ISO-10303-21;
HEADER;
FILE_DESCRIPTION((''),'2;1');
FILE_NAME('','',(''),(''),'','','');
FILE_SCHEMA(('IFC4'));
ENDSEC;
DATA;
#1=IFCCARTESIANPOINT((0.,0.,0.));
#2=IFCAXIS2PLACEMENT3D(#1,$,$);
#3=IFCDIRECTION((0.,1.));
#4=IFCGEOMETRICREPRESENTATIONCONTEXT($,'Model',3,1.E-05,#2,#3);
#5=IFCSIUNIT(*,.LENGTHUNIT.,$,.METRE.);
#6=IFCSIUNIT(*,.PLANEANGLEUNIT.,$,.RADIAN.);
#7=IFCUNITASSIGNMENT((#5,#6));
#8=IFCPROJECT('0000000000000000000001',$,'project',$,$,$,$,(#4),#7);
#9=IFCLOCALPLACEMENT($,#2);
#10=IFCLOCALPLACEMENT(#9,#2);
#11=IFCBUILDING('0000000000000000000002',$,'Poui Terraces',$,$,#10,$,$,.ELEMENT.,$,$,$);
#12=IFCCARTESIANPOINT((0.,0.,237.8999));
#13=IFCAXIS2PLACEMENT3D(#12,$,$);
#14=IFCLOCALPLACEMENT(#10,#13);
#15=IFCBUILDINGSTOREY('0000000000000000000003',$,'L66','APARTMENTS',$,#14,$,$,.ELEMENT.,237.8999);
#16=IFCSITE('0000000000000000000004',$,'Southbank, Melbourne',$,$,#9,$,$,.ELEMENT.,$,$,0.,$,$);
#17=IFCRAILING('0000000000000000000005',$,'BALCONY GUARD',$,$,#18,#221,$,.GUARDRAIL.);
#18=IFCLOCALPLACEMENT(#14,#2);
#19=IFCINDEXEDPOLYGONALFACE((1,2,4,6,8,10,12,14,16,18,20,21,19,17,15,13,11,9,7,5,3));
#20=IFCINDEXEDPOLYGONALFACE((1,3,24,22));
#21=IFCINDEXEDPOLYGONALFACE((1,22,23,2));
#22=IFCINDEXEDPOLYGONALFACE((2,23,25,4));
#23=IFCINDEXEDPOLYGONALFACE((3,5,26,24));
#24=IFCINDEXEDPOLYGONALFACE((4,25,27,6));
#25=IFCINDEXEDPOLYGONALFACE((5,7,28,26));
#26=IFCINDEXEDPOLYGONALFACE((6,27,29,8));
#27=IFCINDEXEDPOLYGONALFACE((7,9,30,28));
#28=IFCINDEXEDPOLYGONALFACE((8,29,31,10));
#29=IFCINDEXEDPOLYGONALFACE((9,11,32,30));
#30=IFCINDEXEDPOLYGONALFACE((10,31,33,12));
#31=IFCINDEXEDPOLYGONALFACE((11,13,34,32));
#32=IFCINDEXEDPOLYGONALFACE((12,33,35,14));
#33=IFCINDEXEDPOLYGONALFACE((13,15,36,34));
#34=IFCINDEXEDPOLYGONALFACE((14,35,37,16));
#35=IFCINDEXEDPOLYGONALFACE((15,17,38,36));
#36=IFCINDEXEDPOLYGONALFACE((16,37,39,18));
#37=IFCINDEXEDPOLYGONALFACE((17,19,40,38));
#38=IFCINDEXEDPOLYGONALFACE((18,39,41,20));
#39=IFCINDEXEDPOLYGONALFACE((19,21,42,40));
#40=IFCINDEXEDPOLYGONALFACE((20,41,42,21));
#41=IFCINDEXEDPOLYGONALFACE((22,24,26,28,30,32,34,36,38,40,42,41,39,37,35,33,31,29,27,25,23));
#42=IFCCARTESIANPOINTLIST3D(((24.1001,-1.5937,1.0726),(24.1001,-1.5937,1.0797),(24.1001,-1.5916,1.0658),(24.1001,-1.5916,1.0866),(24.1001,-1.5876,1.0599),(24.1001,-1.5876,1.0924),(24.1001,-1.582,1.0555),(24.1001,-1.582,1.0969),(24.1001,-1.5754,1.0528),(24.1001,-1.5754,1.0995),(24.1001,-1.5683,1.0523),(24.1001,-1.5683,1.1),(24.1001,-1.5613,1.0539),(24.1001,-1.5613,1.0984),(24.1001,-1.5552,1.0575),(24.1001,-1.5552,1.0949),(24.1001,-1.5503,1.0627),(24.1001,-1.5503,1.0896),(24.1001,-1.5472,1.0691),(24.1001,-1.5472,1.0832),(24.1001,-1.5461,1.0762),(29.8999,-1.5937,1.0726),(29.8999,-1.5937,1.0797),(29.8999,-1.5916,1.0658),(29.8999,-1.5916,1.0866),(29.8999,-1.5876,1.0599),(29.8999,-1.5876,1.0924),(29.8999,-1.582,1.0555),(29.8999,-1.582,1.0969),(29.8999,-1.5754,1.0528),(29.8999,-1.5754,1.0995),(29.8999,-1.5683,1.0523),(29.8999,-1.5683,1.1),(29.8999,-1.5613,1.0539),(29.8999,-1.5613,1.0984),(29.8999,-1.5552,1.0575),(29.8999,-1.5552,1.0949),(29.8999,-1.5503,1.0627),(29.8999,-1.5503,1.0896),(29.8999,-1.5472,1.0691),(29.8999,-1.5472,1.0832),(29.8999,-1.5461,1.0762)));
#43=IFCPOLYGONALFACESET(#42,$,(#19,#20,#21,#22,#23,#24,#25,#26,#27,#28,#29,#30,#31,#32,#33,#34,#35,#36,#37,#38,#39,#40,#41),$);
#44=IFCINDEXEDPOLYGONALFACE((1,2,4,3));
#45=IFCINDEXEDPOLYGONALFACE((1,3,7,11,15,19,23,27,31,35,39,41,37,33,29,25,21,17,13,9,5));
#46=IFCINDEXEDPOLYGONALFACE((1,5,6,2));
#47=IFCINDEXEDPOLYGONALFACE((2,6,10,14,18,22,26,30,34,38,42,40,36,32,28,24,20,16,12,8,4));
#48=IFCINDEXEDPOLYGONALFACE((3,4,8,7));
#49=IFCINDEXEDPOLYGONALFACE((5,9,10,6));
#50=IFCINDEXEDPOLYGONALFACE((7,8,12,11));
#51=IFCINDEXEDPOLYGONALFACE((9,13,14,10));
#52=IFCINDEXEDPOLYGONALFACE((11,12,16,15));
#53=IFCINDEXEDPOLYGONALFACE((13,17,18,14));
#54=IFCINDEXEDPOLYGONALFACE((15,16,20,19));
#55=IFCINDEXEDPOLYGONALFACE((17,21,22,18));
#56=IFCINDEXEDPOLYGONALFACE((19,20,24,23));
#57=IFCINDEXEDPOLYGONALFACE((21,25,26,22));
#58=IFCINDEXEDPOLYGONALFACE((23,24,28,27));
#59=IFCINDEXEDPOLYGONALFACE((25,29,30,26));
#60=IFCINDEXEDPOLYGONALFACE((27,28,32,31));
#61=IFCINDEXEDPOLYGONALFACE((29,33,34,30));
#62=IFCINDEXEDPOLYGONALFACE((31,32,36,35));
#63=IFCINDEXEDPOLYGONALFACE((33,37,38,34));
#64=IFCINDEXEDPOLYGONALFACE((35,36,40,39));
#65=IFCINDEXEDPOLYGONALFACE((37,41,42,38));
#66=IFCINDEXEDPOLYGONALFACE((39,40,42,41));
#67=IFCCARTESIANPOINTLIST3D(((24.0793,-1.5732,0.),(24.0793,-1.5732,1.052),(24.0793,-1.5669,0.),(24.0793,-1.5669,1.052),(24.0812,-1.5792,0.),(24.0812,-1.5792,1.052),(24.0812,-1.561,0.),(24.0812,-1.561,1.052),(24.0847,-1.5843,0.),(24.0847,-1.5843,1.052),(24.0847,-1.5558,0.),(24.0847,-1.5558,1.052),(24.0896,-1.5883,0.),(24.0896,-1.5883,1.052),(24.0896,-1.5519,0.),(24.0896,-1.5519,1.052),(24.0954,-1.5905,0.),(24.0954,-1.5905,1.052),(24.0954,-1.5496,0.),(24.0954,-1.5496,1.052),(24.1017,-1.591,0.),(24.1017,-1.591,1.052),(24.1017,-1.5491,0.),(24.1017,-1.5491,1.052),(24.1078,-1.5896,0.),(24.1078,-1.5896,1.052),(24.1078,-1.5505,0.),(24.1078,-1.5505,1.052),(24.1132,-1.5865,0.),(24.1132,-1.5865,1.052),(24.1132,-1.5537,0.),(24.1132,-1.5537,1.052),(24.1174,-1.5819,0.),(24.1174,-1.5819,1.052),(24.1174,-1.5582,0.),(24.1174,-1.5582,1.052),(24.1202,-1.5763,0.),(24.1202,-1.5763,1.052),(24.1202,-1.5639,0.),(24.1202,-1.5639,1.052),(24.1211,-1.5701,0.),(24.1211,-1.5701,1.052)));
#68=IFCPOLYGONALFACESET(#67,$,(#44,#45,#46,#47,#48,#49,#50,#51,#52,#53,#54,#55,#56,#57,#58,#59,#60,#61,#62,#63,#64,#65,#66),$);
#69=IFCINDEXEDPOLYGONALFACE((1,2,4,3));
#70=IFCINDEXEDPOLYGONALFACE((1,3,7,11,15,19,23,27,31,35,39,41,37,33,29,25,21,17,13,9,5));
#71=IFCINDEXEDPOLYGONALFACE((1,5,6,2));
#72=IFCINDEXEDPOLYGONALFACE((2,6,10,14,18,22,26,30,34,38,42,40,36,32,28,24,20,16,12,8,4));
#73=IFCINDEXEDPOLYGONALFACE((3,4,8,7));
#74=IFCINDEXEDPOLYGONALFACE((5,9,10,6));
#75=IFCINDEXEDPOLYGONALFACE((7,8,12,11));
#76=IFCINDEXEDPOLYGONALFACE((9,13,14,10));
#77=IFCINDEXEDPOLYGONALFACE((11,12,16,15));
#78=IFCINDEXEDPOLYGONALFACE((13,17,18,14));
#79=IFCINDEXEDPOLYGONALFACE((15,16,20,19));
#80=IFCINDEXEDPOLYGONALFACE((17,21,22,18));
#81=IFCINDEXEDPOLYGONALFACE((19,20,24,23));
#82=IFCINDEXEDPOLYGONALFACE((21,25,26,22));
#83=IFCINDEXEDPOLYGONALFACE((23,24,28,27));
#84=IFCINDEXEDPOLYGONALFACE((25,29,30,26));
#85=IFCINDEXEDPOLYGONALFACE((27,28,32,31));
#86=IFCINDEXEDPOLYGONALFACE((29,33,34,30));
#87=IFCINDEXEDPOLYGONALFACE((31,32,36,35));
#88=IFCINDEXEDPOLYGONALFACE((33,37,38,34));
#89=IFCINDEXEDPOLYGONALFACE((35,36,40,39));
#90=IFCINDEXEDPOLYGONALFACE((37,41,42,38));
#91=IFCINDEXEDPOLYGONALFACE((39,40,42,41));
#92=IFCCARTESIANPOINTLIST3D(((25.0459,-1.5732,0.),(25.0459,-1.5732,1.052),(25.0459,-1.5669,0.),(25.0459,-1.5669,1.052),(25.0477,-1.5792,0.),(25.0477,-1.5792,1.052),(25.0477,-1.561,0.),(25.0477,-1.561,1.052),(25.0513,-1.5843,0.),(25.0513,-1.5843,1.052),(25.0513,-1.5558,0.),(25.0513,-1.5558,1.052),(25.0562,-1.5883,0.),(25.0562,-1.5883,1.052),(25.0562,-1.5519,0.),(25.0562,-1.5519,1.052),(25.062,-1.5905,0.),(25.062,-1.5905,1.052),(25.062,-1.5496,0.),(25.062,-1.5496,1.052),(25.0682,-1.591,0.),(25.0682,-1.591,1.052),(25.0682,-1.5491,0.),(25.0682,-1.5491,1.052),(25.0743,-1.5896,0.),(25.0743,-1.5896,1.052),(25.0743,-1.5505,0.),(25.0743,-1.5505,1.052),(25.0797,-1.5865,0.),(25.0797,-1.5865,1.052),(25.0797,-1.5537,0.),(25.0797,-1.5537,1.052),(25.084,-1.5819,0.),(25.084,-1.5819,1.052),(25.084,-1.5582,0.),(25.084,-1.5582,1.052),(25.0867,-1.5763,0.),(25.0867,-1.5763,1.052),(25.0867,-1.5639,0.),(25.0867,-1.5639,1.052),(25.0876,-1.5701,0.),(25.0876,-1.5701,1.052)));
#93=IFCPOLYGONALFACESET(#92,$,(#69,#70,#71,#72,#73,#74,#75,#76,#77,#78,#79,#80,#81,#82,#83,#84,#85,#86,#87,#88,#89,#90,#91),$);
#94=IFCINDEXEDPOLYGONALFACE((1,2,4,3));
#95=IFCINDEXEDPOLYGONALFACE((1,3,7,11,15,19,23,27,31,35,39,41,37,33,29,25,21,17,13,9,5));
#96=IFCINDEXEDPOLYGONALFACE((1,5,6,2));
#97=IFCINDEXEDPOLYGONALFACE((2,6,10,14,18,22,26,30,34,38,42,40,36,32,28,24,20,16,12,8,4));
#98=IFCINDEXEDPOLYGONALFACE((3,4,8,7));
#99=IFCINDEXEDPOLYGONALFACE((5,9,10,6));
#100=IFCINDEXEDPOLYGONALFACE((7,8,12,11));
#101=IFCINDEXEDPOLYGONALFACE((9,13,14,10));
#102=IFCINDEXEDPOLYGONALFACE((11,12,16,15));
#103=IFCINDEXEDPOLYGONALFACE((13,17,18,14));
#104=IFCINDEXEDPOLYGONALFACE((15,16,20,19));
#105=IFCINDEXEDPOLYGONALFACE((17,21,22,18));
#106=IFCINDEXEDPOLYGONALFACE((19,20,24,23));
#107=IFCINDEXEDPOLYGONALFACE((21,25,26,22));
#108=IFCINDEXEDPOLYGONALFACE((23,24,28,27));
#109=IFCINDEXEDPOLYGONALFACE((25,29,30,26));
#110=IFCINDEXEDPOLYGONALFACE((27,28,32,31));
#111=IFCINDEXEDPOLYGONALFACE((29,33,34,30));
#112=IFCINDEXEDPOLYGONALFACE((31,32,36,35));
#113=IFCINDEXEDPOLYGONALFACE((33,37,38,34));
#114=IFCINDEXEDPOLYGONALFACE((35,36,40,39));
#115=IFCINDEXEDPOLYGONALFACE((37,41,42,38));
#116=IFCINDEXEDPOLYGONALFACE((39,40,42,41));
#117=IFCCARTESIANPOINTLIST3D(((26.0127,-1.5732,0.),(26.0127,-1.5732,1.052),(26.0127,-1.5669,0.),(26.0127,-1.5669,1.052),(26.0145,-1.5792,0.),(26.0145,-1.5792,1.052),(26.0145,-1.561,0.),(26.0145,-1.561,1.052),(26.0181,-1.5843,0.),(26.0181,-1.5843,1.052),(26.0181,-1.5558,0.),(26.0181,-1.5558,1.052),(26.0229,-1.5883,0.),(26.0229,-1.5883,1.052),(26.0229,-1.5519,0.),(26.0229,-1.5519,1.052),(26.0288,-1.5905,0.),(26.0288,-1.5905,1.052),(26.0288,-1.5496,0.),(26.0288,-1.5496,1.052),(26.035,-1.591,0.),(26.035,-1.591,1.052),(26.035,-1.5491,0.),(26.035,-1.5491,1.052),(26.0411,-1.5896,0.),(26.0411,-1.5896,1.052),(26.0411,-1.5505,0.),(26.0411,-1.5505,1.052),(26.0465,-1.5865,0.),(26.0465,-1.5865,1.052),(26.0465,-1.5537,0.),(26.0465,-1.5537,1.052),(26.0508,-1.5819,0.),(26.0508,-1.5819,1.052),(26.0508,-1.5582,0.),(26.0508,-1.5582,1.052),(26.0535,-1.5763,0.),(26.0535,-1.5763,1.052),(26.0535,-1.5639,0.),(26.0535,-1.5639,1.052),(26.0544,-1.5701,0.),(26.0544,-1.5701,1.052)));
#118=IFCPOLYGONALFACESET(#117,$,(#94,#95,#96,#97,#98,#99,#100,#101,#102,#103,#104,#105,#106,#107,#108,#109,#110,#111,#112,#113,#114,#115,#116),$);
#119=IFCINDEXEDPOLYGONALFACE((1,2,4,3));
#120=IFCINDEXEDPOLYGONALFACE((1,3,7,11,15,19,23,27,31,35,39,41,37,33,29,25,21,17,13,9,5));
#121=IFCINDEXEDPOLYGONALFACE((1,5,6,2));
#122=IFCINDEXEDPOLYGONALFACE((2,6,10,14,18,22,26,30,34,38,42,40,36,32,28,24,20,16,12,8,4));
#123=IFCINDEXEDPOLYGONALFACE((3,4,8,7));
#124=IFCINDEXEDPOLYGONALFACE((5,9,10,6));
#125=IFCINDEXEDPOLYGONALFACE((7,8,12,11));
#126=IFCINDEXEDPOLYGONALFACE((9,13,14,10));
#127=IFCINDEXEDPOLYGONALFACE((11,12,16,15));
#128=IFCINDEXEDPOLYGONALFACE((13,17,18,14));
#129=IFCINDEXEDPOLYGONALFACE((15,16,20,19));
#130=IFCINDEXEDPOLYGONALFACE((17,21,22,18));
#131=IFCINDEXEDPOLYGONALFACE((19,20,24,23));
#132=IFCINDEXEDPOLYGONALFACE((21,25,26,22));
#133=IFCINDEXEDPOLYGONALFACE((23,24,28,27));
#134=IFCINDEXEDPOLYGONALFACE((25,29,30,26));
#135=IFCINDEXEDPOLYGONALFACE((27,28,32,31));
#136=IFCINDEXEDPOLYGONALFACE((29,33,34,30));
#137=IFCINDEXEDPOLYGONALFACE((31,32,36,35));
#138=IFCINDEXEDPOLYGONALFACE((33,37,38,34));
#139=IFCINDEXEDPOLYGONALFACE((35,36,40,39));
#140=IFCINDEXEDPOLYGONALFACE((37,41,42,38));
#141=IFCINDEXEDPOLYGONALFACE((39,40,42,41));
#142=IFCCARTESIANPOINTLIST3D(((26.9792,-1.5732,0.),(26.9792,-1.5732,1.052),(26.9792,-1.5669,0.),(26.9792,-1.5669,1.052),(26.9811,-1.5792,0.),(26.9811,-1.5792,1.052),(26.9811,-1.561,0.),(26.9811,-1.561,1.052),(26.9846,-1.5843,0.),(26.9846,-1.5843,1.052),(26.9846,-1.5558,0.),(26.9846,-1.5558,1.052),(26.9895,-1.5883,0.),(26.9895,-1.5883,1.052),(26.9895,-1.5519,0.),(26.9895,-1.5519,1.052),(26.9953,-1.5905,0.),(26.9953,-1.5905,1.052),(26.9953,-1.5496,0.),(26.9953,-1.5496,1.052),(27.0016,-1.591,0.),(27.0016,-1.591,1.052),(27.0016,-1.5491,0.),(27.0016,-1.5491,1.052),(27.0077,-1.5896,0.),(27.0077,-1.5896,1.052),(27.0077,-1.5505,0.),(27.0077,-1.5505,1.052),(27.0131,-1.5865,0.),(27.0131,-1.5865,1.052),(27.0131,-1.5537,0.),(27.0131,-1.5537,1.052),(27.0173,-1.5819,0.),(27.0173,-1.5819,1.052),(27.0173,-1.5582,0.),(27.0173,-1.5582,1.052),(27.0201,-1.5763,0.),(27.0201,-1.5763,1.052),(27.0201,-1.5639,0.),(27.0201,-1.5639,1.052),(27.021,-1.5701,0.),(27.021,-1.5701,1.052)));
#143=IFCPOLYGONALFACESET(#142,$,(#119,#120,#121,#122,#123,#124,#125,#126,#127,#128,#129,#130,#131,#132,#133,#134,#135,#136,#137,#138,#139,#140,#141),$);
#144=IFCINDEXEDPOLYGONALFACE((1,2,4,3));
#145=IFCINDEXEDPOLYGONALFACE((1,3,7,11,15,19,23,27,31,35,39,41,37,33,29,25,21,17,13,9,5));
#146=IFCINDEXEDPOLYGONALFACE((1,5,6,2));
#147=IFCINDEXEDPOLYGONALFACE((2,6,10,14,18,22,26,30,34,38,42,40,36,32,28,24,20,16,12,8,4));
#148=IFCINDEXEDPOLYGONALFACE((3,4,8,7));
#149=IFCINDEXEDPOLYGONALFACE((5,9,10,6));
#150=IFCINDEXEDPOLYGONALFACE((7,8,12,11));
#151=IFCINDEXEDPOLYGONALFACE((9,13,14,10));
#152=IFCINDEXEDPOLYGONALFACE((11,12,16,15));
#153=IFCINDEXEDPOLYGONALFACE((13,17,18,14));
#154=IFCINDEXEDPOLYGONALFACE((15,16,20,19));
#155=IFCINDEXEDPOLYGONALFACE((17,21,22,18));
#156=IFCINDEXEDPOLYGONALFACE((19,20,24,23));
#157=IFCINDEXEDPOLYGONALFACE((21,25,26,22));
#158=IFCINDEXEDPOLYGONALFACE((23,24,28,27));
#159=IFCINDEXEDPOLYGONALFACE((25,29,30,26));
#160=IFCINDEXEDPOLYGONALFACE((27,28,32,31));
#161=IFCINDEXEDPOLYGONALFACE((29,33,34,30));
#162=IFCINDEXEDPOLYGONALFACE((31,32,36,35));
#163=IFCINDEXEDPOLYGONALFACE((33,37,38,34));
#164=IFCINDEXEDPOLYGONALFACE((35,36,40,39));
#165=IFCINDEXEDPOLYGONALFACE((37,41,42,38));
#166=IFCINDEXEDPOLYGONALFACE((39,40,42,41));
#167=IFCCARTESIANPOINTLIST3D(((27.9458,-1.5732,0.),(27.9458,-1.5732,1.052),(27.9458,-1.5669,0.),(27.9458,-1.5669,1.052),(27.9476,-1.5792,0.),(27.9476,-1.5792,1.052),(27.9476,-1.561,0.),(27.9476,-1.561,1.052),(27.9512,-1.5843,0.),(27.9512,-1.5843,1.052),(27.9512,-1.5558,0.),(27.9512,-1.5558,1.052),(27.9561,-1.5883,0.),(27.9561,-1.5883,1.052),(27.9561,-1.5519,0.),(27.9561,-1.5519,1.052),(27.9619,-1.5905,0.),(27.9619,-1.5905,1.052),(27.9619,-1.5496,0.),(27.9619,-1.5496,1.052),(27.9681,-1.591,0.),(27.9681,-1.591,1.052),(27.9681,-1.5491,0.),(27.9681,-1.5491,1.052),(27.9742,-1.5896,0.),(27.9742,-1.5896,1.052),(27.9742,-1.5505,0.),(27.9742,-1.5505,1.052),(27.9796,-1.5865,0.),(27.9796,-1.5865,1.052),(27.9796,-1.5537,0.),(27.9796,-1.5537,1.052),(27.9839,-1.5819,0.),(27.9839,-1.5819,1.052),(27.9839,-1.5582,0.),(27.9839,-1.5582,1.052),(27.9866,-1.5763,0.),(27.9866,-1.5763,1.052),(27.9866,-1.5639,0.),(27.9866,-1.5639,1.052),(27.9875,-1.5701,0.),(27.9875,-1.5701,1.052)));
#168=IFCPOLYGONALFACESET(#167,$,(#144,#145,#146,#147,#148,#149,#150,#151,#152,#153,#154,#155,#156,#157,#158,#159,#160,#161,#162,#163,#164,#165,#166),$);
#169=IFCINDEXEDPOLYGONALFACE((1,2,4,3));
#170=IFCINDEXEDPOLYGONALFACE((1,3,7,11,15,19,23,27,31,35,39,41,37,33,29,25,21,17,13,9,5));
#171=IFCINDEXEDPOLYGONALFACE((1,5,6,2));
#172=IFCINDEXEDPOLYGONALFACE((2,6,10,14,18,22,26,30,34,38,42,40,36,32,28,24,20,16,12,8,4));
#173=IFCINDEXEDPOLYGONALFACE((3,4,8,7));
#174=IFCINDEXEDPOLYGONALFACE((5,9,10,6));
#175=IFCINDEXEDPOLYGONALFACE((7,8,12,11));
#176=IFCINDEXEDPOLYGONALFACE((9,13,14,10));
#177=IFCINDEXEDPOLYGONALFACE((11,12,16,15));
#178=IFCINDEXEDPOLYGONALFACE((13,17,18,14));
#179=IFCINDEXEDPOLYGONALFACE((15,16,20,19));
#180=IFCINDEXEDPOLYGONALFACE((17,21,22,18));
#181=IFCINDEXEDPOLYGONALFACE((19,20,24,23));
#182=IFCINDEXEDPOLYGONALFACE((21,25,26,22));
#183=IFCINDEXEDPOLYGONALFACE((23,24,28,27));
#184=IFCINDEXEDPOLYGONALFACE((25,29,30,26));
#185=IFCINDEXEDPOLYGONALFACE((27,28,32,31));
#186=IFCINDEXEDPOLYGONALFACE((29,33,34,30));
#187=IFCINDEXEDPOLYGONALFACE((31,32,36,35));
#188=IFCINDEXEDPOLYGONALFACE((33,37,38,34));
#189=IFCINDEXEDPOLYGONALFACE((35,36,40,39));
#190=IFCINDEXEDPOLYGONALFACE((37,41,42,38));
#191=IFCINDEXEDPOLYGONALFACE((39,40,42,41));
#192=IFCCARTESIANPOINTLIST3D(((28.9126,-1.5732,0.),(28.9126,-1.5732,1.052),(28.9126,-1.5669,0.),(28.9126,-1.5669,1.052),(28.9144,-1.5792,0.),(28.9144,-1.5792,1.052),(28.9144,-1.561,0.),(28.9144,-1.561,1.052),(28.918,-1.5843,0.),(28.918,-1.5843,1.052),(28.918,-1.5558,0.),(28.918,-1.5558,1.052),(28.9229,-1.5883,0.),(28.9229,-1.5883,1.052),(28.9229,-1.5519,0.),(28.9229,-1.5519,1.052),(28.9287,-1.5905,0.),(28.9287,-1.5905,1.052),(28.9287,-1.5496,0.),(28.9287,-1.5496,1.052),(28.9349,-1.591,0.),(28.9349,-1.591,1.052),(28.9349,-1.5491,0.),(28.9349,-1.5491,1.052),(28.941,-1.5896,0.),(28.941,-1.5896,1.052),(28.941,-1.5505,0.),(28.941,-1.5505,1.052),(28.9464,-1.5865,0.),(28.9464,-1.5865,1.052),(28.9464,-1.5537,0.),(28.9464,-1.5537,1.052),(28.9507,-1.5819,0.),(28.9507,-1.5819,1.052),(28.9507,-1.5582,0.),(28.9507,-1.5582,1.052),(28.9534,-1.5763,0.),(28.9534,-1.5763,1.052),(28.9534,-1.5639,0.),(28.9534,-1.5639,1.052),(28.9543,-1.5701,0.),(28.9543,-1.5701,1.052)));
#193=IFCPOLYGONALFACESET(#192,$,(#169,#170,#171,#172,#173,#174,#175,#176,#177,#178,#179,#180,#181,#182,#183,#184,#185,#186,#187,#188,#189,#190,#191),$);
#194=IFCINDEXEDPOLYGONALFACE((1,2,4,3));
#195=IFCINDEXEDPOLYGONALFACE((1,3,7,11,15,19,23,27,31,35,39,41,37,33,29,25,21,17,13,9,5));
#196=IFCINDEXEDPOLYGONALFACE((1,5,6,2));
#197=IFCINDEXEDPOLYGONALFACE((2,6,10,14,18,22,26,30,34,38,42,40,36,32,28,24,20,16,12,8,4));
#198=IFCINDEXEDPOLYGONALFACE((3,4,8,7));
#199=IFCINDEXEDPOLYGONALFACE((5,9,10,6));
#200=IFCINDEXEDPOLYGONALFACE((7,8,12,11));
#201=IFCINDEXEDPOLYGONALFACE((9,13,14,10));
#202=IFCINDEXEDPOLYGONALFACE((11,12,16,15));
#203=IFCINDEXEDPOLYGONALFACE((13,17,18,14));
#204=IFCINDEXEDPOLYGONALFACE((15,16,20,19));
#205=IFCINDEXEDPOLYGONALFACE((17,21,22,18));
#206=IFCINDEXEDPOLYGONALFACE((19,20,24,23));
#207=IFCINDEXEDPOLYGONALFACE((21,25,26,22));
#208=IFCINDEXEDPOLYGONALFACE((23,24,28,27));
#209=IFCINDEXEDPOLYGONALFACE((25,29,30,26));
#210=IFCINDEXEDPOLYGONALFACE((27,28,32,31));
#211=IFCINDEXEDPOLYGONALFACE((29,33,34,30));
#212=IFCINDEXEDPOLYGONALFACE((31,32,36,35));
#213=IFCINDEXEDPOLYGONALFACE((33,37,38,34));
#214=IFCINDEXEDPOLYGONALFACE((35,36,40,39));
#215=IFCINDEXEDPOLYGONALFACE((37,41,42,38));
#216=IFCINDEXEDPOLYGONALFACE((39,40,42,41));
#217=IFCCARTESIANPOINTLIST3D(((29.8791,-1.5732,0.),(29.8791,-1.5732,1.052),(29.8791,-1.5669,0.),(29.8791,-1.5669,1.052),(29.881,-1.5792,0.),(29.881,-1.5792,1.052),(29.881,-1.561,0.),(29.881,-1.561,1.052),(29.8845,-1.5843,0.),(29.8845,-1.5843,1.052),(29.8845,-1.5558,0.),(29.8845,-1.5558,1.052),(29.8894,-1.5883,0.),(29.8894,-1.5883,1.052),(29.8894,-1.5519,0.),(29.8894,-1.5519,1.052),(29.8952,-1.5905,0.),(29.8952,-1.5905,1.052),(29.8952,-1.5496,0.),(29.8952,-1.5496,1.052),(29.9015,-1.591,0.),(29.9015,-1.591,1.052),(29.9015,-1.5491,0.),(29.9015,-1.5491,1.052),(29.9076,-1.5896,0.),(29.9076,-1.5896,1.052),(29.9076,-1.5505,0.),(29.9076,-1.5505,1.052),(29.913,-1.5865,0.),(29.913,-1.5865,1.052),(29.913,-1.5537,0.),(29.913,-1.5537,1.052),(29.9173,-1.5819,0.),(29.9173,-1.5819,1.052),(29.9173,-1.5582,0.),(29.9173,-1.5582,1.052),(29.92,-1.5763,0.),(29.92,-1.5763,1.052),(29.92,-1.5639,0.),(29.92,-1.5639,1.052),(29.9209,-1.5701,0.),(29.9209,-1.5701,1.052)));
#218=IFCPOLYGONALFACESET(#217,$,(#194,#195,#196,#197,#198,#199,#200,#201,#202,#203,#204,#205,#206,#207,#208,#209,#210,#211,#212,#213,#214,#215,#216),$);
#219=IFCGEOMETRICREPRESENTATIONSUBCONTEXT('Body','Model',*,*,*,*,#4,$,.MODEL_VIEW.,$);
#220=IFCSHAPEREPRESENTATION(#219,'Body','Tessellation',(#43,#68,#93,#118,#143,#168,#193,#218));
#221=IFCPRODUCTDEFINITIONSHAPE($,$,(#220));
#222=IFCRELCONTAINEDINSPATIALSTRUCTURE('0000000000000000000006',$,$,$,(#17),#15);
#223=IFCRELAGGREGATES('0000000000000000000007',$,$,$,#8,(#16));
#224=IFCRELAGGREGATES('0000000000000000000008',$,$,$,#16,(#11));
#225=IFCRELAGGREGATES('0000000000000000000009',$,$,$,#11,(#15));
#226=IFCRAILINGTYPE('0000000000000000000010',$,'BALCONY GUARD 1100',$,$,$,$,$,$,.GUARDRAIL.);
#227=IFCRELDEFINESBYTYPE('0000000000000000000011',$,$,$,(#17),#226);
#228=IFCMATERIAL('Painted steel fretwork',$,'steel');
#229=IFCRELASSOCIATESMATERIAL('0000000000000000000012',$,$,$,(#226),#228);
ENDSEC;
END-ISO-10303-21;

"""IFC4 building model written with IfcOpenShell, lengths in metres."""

from ifc_helpers import new_model, si_unit, direction, frame, origin, origin_2d, place, context, subcontext, project, spatial, circle, extrude, material, type_object, element, save


model = new_model("IFC4")

# Units and contexts
model_context = context("Model", 3, precision=1e-05, world=origin(), true_north=direction((0.0, 1.0)))
body_context = subcontext(model_context, "Body", "Model", "MODEL_VIEW")
ifc_project = project(units=[si_unit("LENGTHUNIT", "METRE"), si_unit("PLANEANGLEUNIT", "RADIAN")], contexts=[model_context])

# Site, building, storey
site_placement = place(None, origin())
site = spatial("IfcSite", under=ifc_project, at=site_placement, Name="Southbank, Melbourne", CompositionType="ELEMENT", RefElevation=0.0)
building_placement = place(site_placement, origin())
building = spatial("IfcBuilding", under=site, at=building_placement, Name="Poui Terraces", CompositionType="ELEMENT")
storey_placement = place(building_placement, frame((0.0, 0.0, 237.8999)))
storey = spatial("IfcBuildingStorey", under=building, at=storey_placement, Name="L66", Description="APARTMENTS", CompositionType="ELEMENT", Elevation=237.8999)

# Railing
ifc_material_1 = material(Name="Painted steel fretwork", Category="steel")
railing_type = type_object("IfcRailingType", Name="BALCONY GUARD 1100", PredefinedType="GUARDRAIL", material=ifc_material_1)
railing_placement = place(storey_placement, frame((24.1001, -1.5701, 0.0)))
element("IfcRailing", 1, at=railing_placement, inside=storey, type_object=railing_type, Name="BALCONY GUARD", PredefinedType="GUARDRAIL", context=body_context, shape_type="SweptSolid", body=[
    extrude(circle(Radius=0.0239, at=origin_2d()), frame((0.0, 0.0, 1.0762), z_axis=(1.0, 0.0, 0.0), x_axis=(0.0, 1.0, 0.0)), (0.0, 0.0, 1.0), 5.7998),
    extrude(circle(Radius=0.021, at=origin_2d()), origin(), (0.0, 0.0, 1.0), 1.052),
    extrude(circle(Radius=0.021, at=origin_2d()), frame((0.9666, 0.0, 0.0)), (0.0, 0.0, 1.0), 1.052),
    extrude(circle(Radius=0.021, at=origin_2d()), frame((1.9333, 0.0, 0.0)), (0.0, 0.0, 1.0), 1.052),
    extrude(circle(Radius=0.021, at=origin_2d()), frame((2.8999, 0.0, 0.0)), (0.0, 0.0, 1.0), 1.052),
    extrude(circle(Radius=0.021, at=origin_2d()), frame((3.8665, 0.0, 0.0)), (0.0, 0.0, 1.0), 1.052),
    extrude(circle(Radius=0.021, at=origin_2d()), frame((4.8333, 0.0, 0.0)), (0.0, 0.0, 1.0), 1.052),
    extrude(circle(Radius=0.021, at=origin_2d()), frame((5.7998, 0.0, 0.0)), (0.0, 0.0, 1.0), 1.052),
])

save(model, "model.ifc")
